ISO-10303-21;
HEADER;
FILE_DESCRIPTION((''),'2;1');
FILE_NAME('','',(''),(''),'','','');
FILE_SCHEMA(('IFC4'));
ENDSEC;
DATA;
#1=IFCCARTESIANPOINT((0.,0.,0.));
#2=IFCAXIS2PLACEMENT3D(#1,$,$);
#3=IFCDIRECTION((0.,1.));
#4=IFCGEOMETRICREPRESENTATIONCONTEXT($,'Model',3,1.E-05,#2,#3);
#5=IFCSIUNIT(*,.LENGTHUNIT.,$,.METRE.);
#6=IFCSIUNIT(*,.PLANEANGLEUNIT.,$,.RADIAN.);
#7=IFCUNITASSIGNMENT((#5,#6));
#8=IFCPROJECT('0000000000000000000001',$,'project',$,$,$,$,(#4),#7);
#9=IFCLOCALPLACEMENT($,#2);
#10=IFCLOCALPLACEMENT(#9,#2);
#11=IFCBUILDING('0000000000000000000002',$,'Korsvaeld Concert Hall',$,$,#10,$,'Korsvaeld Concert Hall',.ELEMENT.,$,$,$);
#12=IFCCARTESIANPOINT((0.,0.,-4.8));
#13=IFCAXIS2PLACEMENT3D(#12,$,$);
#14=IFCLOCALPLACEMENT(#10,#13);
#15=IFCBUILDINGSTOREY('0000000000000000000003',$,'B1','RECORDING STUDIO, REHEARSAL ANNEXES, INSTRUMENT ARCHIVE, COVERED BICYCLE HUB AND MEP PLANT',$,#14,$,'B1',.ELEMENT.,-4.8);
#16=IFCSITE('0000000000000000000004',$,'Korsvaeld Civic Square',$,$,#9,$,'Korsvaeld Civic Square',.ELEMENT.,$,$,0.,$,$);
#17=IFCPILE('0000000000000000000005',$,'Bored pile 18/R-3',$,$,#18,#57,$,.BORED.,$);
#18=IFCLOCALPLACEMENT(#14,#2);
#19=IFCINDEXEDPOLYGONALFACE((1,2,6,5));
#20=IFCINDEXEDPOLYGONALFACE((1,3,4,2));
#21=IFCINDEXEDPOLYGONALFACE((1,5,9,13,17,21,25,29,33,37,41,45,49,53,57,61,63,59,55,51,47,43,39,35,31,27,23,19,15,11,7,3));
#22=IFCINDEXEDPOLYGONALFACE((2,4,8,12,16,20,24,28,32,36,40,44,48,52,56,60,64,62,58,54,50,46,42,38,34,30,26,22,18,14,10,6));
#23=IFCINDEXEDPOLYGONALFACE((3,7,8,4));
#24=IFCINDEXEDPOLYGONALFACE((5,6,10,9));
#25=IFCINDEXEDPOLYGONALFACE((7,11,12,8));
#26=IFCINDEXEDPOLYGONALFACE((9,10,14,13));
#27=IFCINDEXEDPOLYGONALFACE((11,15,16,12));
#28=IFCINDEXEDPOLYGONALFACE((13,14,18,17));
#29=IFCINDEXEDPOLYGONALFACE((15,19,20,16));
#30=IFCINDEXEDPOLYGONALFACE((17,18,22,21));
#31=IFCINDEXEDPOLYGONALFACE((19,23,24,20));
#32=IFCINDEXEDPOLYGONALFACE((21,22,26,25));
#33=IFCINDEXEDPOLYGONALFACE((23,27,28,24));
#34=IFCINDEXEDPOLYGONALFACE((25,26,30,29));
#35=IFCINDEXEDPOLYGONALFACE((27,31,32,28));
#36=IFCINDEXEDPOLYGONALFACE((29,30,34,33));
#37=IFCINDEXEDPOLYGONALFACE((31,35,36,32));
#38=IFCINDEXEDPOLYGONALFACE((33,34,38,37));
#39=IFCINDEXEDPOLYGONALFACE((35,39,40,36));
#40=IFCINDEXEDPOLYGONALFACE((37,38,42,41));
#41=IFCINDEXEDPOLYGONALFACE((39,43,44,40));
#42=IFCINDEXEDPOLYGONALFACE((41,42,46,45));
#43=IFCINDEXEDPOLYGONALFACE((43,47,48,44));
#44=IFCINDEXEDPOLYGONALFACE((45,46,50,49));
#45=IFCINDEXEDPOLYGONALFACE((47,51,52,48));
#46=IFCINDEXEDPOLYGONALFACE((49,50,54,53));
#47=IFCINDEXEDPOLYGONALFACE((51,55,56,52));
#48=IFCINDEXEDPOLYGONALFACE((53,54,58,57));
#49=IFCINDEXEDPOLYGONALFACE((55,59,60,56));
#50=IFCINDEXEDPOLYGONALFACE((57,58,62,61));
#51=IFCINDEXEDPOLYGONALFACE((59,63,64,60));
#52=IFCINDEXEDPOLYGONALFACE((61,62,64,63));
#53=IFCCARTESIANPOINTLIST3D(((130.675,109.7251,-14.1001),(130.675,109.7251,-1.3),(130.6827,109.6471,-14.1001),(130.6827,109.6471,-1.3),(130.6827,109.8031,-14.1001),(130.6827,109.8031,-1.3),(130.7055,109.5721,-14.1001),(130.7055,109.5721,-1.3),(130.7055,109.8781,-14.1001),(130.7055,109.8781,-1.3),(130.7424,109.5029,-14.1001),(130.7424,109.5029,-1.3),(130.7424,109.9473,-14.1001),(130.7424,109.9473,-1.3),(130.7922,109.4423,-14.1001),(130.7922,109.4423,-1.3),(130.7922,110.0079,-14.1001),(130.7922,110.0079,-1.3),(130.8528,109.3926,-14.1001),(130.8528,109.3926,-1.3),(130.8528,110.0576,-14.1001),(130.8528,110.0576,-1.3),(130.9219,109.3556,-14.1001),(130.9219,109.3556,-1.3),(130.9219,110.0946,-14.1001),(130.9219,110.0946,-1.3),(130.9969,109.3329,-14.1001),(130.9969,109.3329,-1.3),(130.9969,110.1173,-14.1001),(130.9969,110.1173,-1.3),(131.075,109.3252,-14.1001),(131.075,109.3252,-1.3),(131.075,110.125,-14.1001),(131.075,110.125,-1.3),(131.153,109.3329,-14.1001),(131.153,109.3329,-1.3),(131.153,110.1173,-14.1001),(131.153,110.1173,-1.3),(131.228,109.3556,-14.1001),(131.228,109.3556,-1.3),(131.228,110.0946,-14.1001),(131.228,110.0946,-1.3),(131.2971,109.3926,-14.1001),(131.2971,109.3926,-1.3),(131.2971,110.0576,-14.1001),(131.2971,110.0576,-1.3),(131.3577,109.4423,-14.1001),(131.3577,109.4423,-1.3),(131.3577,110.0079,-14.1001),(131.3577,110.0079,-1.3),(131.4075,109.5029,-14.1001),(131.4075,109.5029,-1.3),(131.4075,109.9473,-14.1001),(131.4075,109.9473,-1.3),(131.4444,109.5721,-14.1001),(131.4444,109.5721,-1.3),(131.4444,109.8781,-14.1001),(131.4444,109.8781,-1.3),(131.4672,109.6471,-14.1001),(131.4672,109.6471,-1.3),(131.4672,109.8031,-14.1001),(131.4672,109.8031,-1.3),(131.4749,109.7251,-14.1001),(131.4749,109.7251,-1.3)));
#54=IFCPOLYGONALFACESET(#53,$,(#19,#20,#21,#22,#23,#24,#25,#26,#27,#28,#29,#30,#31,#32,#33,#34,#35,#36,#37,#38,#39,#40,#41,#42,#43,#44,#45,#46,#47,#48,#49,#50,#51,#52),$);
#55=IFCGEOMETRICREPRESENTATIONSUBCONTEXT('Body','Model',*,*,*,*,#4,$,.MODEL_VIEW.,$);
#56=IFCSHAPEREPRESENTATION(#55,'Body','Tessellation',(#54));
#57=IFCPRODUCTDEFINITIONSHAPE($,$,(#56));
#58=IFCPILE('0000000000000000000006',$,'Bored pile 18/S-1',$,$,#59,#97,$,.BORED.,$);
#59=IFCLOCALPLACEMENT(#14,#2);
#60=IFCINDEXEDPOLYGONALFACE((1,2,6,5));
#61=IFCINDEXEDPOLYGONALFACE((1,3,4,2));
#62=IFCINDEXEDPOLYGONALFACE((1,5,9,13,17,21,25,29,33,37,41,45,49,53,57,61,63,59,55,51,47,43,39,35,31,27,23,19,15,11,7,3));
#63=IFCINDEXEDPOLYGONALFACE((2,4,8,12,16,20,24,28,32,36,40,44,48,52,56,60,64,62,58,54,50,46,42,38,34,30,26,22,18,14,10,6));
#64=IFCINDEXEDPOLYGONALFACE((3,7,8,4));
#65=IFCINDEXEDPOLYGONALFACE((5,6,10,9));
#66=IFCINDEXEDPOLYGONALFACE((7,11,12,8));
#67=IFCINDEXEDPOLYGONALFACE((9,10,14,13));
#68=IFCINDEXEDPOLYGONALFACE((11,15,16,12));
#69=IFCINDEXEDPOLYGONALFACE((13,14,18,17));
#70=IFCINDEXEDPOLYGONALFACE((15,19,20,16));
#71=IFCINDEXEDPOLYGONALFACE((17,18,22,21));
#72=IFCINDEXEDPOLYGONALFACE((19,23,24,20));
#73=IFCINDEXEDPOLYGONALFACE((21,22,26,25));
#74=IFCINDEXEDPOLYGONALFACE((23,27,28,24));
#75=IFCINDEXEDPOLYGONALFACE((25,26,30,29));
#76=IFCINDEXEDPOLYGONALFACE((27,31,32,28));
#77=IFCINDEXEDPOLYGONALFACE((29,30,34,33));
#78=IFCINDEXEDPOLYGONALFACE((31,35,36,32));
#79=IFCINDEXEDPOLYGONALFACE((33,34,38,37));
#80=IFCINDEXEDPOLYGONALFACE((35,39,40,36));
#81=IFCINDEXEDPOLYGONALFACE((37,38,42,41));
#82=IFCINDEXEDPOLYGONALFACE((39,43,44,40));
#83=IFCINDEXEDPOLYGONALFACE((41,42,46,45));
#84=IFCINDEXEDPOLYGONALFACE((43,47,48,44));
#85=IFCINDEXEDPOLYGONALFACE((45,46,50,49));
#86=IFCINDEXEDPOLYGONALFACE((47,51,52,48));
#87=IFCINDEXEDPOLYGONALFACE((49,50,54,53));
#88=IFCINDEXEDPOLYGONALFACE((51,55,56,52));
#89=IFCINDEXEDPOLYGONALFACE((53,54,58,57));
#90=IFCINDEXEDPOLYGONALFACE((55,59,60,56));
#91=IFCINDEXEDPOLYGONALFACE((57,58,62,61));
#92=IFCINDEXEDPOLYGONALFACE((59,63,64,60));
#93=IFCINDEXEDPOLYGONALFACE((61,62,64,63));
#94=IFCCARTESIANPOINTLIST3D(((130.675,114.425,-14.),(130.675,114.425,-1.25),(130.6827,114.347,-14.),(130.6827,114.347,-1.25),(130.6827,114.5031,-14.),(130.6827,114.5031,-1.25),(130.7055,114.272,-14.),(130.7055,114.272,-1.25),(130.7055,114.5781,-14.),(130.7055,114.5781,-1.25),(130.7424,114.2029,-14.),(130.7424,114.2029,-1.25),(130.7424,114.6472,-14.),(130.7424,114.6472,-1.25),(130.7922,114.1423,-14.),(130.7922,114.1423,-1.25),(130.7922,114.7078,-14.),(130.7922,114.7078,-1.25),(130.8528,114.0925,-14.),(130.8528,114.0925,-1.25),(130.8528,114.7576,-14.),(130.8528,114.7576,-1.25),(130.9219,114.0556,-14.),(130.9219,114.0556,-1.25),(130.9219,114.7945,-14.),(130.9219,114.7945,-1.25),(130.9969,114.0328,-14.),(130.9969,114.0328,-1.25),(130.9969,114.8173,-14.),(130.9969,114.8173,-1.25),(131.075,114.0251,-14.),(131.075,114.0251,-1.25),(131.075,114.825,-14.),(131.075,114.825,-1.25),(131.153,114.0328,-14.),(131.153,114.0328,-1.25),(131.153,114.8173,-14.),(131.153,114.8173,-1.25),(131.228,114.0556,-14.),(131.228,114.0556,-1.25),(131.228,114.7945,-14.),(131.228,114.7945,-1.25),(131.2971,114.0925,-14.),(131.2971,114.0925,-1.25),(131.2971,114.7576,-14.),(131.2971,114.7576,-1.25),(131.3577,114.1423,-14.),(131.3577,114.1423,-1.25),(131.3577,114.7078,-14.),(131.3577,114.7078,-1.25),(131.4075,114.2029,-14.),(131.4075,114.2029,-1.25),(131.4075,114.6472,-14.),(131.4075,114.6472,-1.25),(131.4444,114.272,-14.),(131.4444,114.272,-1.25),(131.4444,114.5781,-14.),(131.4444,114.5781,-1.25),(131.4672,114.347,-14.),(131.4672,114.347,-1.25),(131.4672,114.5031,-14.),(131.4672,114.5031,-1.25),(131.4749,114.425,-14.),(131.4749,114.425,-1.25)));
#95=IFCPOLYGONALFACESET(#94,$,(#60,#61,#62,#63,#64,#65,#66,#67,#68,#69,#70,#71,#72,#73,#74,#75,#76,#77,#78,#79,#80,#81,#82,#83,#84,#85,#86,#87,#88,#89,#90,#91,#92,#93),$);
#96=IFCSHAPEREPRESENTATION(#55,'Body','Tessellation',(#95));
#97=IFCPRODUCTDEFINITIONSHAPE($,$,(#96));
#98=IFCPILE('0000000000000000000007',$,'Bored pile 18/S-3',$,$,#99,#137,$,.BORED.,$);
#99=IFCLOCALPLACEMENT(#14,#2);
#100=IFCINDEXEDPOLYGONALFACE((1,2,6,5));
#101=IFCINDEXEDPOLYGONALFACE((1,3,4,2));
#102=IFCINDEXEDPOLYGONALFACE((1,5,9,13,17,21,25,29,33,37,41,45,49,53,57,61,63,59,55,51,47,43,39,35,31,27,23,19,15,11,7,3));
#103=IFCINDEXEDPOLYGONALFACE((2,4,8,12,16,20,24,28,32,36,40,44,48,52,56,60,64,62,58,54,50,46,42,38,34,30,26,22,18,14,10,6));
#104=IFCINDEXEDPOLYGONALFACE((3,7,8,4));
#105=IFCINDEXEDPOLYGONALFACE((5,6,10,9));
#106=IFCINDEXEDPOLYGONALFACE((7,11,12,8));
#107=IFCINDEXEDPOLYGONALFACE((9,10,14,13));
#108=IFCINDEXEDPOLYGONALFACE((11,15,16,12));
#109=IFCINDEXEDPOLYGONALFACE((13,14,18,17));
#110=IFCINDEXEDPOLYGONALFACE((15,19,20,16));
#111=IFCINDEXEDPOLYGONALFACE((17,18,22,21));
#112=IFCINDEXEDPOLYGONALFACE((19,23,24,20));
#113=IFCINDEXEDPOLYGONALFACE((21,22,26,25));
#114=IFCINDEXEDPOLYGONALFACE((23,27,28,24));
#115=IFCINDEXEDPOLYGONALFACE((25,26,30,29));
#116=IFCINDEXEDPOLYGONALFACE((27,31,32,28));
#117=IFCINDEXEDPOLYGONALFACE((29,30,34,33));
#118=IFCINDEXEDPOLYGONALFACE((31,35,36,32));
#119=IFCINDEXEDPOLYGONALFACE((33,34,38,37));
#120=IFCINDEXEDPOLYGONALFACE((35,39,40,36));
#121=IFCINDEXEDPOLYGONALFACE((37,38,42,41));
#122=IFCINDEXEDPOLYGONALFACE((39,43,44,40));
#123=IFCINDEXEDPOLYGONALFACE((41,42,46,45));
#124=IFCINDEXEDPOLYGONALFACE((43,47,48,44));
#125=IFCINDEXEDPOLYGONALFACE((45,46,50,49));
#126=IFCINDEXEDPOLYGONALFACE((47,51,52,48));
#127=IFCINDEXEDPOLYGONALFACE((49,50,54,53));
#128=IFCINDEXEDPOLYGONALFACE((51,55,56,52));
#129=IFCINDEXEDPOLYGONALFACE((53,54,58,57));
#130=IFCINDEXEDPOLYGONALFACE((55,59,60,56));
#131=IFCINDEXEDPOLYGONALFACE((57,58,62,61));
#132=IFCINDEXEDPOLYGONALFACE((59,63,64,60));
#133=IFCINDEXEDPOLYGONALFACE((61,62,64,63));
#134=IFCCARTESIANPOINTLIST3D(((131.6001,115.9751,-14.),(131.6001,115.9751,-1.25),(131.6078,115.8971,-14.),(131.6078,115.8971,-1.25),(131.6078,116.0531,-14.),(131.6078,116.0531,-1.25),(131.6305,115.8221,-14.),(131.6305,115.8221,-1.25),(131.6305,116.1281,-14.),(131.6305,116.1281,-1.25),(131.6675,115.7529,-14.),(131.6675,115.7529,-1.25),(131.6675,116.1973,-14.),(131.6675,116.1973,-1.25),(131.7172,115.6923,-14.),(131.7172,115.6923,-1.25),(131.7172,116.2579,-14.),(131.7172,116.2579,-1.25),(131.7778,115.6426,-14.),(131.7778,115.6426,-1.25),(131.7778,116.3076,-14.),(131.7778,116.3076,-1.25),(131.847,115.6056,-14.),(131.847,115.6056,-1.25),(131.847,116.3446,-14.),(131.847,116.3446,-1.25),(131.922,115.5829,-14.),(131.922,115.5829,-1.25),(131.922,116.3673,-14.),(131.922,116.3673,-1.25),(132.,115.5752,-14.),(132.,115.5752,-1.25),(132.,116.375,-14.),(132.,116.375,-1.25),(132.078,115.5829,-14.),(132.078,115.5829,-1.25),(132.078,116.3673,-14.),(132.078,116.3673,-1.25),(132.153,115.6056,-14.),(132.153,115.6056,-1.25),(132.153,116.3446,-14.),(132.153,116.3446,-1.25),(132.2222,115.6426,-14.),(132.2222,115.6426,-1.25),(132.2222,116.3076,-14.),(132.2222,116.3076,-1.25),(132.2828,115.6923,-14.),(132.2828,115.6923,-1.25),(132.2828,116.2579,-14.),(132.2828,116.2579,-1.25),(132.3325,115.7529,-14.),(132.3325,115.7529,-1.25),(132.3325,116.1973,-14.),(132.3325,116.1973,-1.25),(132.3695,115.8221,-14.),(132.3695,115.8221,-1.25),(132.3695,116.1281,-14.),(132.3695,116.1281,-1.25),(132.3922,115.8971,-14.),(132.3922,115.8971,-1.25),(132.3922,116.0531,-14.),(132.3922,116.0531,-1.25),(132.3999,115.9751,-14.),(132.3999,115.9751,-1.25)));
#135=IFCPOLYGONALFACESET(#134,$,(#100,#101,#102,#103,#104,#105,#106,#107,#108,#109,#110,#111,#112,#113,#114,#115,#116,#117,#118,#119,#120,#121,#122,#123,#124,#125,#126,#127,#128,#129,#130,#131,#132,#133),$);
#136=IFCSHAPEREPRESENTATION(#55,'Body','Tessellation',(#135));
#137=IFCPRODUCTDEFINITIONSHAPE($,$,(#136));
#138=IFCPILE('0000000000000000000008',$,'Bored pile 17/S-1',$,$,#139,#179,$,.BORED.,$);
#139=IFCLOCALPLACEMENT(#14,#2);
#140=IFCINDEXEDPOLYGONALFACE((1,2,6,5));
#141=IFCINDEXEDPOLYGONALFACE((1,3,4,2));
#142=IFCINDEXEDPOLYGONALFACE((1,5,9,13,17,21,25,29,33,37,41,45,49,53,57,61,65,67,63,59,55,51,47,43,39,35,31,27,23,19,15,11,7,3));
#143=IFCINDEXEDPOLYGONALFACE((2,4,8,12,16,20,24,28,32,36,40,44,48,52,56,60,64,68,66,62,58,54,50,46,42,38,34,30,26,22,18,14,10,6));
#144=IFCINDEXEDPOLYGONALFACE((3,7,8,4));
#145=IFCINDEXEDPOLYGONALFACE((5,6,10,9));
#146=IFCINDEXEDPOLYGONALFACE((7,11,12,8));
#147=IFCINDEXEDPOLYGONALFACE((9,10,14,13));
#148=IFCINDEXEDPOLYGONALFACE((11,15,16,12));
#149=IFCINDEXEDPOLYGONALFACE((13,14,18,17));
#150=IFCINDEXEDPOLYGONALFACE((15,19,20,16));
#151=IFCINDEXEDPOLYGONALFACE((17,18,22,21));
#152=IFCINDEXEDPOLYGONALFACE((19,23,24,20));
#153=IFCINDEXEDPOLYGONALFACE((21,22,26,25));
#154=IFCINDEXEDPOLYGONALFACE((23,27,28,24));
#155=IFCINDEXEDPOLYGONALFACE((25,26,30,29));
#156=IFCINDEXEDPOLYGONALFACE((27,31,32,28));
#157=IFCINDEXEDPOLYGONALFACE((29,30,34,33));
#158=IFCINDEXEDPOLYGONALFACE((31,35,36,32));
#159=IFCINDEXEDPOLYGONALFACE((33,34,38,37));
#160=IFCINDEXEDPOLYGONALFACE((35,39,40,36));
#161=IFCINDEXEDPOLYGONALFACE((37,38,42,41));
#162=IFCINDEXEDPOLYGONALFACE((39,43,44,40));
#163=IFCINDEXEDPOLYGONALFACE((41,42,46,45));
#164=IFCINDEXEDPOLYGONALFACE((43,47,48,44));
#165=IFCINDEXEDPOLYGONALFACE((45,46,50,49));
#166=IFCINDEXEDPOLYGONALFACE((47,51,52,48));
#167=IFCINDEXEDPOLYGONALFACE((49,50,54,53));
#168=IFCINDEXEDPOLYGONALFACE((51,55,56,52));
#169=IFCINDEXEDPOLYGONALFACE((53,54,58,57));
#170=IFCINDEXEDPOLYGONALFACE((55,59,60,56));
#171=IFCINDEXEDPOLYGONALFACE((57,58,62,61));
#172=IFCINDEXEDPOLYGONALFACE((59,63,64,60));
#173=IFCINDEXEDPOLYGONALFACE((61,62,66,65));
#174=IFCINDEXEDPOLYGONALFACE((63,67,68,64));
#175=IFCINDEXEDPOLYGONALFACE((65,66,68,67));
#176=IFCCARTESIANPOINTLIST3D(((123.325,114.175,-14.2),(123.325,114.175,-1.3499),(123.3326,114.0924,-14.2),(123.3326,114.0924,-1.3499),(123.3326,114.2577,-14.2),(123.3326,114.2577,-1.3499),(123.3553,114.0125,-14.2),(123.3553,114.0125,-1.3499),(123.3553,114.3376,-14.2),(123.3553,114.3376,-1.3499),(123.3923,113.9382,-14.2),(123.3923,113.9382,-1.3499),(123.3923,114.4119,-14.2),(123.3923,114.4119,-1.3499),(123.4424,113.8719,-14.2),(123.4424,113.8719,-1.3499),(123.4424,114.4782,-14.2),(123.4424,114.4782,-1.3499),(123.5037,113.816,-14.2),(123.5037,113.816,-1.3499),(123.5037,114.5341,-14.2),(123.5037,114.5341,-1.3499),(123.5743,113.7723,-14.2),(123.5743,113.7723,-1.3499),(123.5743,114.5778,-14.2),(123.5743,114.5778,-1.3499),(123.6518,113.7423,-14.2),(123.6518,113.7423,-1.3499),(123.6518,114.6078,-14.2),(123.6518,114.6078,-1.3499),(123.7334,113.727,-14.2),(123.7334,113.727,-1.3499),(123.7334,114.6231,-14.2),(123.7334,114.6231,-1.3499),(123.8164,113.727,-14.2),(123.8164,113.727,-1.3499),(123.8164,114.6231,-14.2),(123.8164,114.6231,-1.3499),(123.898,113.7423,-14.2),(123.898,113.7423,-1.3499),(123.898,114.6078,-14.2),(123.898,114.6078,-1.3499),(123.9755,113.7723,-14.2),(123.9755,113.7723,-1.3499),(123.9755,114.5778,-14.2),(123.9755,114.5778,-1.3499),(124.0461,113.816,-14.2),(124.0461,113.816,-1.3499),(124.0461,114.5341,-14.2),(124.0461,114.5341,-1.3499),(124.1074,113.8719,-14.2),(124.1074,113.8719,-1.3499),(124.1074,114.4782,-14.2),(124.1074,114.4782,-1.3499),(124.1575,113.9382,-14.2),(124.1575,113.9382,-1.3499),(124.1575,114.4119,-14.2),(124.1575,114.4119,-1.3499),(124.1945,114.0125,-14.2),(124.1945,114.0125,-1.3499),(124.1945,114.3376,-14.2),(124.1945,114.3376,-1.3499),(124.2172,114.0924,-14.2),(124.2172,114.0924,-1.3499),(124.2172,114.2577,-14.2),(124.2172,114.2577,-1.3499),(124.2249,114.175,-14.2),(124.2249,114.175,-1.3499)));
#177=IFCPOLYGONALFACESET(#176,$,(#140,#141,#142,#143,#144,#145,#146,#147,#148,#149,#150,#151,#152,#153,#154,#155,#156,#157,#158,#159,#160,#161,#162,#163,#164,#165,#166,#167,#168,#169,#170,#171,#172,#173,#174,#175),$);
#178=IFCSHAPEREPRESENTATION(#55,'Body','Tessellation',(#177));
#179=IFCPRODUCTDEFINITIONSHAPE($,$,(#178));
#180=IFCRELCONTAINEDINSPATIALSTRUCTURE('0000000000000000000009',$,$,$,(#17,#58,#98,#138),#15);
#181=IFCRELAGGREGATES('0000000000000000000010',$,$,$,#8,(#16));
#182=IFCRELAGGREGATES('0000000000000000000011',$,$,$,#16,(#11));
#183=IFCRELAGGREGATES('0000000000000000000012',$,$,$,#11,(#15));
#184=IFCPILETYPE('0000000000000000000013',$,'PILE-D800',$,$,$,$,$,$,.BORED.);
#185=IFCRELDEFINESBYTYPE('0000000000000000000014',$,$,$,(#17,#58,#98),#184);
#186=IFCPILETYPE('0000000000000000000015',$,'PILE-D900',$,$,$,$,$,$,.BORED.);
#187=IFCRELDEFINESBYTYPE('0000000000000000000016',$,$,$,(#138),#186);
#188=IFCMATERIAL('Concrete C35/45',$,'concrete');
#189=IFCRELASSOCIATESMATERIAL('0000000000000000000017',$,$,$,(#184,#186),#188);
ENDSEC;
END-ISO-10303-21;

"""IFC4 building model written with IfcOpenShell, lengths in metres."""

from ifc_helpers import new_model, si_unit, direction, frame, origin, origin_2d, place, context, subcontext, project, spatial, circle, extrude, material, material_profile, profile_set, type_object, element, save


model = new_model("IFC4")

# Units and contexts
model_context = context("Model", 3, precision=1e-05, world=origin(), true_north=direction((0.0, 1.0)))
body_context = subcontext(model_context, "Body", "Model", "MODEL_VIEW")
ifc_project = project(units=[si_unit("LENGTHUNIT", "METRE"), si_unit("PLANEANGLEUNIT", "RADIAN")], contexts=[model_context])

# Site, building, storey
site_placement = place(None, origin())
site = spatial("IfcSite", under=ifc_project, at=site_placement, Name="Korsvaeld Civic Square", LongName="Korsvaeld Civic Square", CompositionType="ELEMENT", RefElevation=0.0)
building_placement = place(site_placement, origin())
building = spatial("IfcBuilding", under=site, at=building_placement, Name="Korsvaeld Concert Hall", LongName="Korsvaeld Concert Hall", CompositionType="ELEMENT")
storey_placement = place(building_placement, frame((0.0, 0.0, -4.8)))
storey = spatial("IfcBuildingStorey", under=building, at=storey_placement, Name="B1", Description="RECORDING STUDIO, REHEARSAL ANNEXES, INSTRUMENT ARCHIVE, COVERED BICYCLE HUB AND MEP PLANT", LongName="B1", CompositionType="ELEMENT", Elevation=-4.8)

# Shared definitions
ifc_material_1 = material(Name="Concrete C35/45", Category="concrete")

# Piles
ifc_material_profile_1 = material_profile(ifc_material_1, circle(Radius=0.3999, at=origin_2d()), Name="BORED PILE D800")
ifc_profile_set_1 = profile_set([ifc_material_profile_1], Name="Concrete C35/45")
pile_type_1 = type_object("IfcPileType", Name="PILE-D800", PredefinedType="BORED", material=ifc_profile_set_1)
pile_placement = place(storey_placement, frame((131.075, 109.7251, -1.3), z_axis=(0.0, 0.0, -1.0), x_axis=(1.0, 0.0, 0.0)))
element("IfcPile", 1, at=pile_placement, inside=storey, type_object=pile_type_1, Name="Bored pile 18/R-3", PredefinedType="BORED", context=body_context, shape_type="SweptSolid", body=[
    extrude(circle(Radius=0.3999, at=origin_2d()), origin(), (0.0, 0.0, 1.0), 12.8),
])
for number, where, z_axis, x_axis, name in (
    (2, (131.075, 114.425, -1.25), (0.0, 0.0, -1.0), (1.0, 0.0, 0.0), "Bored pile 18/S-1"),
    (3, (132.0, 115.9751, -1.25), (0.0, 0.0, -1.0), (1.0, 0.0, 0.0), "Bored pile 18/S-3"),
):
    element("IfcPile", number, at=place(storey_placement, frame(where, z_axis=z_axis, x_axis=x_axis)), inside=storey, type_object=pile_type_1, Name=name, PredefinedType="BORED", context=body_context, shape_type="SweptSolid", body=[
        extrude(circle(Radius=0.3999, at=origin_2d()), origin(), (0.0, 0.0, 1.0), 12.75),
    ])
ifc_material_profile_2 = material_profile(ifc_material_1, circle(Radius=0.45, at=origin_2d()), Name="BORED PILE D900")
ifc_profile_set_2 = profile_set([ifc_material_profile_2], Name="Concrete C35/45")
pile_type_2 = type_object("IfcPileType", Name="PILE-D900", PredefinedType="BORED", material=ifc_profile_set_2)
for number, where, z_axis, x_axis, name in (
    (4, (123.7749, 114.175, -1.3499), (0.0, 0.0, -1.0), (1.0, 0.0, 0.0), "Bored pile 17/S-1"),
):
    element("IfcPile", number, at=place(storey_placement, frame(where, z_axis=z_axis, x_axis=x_axis)), inside=storey, type_object=pile_type_2, Name=name, PredefinedType="BORED", context=body_context, shape_type="SweptSolid", body=[
        extrude(circle(Radius=0.45, at=origin_2d()), origin(), (0.0, 0.0, 1.0), 12.8501),
    ])

save(model, "model.ifc")
